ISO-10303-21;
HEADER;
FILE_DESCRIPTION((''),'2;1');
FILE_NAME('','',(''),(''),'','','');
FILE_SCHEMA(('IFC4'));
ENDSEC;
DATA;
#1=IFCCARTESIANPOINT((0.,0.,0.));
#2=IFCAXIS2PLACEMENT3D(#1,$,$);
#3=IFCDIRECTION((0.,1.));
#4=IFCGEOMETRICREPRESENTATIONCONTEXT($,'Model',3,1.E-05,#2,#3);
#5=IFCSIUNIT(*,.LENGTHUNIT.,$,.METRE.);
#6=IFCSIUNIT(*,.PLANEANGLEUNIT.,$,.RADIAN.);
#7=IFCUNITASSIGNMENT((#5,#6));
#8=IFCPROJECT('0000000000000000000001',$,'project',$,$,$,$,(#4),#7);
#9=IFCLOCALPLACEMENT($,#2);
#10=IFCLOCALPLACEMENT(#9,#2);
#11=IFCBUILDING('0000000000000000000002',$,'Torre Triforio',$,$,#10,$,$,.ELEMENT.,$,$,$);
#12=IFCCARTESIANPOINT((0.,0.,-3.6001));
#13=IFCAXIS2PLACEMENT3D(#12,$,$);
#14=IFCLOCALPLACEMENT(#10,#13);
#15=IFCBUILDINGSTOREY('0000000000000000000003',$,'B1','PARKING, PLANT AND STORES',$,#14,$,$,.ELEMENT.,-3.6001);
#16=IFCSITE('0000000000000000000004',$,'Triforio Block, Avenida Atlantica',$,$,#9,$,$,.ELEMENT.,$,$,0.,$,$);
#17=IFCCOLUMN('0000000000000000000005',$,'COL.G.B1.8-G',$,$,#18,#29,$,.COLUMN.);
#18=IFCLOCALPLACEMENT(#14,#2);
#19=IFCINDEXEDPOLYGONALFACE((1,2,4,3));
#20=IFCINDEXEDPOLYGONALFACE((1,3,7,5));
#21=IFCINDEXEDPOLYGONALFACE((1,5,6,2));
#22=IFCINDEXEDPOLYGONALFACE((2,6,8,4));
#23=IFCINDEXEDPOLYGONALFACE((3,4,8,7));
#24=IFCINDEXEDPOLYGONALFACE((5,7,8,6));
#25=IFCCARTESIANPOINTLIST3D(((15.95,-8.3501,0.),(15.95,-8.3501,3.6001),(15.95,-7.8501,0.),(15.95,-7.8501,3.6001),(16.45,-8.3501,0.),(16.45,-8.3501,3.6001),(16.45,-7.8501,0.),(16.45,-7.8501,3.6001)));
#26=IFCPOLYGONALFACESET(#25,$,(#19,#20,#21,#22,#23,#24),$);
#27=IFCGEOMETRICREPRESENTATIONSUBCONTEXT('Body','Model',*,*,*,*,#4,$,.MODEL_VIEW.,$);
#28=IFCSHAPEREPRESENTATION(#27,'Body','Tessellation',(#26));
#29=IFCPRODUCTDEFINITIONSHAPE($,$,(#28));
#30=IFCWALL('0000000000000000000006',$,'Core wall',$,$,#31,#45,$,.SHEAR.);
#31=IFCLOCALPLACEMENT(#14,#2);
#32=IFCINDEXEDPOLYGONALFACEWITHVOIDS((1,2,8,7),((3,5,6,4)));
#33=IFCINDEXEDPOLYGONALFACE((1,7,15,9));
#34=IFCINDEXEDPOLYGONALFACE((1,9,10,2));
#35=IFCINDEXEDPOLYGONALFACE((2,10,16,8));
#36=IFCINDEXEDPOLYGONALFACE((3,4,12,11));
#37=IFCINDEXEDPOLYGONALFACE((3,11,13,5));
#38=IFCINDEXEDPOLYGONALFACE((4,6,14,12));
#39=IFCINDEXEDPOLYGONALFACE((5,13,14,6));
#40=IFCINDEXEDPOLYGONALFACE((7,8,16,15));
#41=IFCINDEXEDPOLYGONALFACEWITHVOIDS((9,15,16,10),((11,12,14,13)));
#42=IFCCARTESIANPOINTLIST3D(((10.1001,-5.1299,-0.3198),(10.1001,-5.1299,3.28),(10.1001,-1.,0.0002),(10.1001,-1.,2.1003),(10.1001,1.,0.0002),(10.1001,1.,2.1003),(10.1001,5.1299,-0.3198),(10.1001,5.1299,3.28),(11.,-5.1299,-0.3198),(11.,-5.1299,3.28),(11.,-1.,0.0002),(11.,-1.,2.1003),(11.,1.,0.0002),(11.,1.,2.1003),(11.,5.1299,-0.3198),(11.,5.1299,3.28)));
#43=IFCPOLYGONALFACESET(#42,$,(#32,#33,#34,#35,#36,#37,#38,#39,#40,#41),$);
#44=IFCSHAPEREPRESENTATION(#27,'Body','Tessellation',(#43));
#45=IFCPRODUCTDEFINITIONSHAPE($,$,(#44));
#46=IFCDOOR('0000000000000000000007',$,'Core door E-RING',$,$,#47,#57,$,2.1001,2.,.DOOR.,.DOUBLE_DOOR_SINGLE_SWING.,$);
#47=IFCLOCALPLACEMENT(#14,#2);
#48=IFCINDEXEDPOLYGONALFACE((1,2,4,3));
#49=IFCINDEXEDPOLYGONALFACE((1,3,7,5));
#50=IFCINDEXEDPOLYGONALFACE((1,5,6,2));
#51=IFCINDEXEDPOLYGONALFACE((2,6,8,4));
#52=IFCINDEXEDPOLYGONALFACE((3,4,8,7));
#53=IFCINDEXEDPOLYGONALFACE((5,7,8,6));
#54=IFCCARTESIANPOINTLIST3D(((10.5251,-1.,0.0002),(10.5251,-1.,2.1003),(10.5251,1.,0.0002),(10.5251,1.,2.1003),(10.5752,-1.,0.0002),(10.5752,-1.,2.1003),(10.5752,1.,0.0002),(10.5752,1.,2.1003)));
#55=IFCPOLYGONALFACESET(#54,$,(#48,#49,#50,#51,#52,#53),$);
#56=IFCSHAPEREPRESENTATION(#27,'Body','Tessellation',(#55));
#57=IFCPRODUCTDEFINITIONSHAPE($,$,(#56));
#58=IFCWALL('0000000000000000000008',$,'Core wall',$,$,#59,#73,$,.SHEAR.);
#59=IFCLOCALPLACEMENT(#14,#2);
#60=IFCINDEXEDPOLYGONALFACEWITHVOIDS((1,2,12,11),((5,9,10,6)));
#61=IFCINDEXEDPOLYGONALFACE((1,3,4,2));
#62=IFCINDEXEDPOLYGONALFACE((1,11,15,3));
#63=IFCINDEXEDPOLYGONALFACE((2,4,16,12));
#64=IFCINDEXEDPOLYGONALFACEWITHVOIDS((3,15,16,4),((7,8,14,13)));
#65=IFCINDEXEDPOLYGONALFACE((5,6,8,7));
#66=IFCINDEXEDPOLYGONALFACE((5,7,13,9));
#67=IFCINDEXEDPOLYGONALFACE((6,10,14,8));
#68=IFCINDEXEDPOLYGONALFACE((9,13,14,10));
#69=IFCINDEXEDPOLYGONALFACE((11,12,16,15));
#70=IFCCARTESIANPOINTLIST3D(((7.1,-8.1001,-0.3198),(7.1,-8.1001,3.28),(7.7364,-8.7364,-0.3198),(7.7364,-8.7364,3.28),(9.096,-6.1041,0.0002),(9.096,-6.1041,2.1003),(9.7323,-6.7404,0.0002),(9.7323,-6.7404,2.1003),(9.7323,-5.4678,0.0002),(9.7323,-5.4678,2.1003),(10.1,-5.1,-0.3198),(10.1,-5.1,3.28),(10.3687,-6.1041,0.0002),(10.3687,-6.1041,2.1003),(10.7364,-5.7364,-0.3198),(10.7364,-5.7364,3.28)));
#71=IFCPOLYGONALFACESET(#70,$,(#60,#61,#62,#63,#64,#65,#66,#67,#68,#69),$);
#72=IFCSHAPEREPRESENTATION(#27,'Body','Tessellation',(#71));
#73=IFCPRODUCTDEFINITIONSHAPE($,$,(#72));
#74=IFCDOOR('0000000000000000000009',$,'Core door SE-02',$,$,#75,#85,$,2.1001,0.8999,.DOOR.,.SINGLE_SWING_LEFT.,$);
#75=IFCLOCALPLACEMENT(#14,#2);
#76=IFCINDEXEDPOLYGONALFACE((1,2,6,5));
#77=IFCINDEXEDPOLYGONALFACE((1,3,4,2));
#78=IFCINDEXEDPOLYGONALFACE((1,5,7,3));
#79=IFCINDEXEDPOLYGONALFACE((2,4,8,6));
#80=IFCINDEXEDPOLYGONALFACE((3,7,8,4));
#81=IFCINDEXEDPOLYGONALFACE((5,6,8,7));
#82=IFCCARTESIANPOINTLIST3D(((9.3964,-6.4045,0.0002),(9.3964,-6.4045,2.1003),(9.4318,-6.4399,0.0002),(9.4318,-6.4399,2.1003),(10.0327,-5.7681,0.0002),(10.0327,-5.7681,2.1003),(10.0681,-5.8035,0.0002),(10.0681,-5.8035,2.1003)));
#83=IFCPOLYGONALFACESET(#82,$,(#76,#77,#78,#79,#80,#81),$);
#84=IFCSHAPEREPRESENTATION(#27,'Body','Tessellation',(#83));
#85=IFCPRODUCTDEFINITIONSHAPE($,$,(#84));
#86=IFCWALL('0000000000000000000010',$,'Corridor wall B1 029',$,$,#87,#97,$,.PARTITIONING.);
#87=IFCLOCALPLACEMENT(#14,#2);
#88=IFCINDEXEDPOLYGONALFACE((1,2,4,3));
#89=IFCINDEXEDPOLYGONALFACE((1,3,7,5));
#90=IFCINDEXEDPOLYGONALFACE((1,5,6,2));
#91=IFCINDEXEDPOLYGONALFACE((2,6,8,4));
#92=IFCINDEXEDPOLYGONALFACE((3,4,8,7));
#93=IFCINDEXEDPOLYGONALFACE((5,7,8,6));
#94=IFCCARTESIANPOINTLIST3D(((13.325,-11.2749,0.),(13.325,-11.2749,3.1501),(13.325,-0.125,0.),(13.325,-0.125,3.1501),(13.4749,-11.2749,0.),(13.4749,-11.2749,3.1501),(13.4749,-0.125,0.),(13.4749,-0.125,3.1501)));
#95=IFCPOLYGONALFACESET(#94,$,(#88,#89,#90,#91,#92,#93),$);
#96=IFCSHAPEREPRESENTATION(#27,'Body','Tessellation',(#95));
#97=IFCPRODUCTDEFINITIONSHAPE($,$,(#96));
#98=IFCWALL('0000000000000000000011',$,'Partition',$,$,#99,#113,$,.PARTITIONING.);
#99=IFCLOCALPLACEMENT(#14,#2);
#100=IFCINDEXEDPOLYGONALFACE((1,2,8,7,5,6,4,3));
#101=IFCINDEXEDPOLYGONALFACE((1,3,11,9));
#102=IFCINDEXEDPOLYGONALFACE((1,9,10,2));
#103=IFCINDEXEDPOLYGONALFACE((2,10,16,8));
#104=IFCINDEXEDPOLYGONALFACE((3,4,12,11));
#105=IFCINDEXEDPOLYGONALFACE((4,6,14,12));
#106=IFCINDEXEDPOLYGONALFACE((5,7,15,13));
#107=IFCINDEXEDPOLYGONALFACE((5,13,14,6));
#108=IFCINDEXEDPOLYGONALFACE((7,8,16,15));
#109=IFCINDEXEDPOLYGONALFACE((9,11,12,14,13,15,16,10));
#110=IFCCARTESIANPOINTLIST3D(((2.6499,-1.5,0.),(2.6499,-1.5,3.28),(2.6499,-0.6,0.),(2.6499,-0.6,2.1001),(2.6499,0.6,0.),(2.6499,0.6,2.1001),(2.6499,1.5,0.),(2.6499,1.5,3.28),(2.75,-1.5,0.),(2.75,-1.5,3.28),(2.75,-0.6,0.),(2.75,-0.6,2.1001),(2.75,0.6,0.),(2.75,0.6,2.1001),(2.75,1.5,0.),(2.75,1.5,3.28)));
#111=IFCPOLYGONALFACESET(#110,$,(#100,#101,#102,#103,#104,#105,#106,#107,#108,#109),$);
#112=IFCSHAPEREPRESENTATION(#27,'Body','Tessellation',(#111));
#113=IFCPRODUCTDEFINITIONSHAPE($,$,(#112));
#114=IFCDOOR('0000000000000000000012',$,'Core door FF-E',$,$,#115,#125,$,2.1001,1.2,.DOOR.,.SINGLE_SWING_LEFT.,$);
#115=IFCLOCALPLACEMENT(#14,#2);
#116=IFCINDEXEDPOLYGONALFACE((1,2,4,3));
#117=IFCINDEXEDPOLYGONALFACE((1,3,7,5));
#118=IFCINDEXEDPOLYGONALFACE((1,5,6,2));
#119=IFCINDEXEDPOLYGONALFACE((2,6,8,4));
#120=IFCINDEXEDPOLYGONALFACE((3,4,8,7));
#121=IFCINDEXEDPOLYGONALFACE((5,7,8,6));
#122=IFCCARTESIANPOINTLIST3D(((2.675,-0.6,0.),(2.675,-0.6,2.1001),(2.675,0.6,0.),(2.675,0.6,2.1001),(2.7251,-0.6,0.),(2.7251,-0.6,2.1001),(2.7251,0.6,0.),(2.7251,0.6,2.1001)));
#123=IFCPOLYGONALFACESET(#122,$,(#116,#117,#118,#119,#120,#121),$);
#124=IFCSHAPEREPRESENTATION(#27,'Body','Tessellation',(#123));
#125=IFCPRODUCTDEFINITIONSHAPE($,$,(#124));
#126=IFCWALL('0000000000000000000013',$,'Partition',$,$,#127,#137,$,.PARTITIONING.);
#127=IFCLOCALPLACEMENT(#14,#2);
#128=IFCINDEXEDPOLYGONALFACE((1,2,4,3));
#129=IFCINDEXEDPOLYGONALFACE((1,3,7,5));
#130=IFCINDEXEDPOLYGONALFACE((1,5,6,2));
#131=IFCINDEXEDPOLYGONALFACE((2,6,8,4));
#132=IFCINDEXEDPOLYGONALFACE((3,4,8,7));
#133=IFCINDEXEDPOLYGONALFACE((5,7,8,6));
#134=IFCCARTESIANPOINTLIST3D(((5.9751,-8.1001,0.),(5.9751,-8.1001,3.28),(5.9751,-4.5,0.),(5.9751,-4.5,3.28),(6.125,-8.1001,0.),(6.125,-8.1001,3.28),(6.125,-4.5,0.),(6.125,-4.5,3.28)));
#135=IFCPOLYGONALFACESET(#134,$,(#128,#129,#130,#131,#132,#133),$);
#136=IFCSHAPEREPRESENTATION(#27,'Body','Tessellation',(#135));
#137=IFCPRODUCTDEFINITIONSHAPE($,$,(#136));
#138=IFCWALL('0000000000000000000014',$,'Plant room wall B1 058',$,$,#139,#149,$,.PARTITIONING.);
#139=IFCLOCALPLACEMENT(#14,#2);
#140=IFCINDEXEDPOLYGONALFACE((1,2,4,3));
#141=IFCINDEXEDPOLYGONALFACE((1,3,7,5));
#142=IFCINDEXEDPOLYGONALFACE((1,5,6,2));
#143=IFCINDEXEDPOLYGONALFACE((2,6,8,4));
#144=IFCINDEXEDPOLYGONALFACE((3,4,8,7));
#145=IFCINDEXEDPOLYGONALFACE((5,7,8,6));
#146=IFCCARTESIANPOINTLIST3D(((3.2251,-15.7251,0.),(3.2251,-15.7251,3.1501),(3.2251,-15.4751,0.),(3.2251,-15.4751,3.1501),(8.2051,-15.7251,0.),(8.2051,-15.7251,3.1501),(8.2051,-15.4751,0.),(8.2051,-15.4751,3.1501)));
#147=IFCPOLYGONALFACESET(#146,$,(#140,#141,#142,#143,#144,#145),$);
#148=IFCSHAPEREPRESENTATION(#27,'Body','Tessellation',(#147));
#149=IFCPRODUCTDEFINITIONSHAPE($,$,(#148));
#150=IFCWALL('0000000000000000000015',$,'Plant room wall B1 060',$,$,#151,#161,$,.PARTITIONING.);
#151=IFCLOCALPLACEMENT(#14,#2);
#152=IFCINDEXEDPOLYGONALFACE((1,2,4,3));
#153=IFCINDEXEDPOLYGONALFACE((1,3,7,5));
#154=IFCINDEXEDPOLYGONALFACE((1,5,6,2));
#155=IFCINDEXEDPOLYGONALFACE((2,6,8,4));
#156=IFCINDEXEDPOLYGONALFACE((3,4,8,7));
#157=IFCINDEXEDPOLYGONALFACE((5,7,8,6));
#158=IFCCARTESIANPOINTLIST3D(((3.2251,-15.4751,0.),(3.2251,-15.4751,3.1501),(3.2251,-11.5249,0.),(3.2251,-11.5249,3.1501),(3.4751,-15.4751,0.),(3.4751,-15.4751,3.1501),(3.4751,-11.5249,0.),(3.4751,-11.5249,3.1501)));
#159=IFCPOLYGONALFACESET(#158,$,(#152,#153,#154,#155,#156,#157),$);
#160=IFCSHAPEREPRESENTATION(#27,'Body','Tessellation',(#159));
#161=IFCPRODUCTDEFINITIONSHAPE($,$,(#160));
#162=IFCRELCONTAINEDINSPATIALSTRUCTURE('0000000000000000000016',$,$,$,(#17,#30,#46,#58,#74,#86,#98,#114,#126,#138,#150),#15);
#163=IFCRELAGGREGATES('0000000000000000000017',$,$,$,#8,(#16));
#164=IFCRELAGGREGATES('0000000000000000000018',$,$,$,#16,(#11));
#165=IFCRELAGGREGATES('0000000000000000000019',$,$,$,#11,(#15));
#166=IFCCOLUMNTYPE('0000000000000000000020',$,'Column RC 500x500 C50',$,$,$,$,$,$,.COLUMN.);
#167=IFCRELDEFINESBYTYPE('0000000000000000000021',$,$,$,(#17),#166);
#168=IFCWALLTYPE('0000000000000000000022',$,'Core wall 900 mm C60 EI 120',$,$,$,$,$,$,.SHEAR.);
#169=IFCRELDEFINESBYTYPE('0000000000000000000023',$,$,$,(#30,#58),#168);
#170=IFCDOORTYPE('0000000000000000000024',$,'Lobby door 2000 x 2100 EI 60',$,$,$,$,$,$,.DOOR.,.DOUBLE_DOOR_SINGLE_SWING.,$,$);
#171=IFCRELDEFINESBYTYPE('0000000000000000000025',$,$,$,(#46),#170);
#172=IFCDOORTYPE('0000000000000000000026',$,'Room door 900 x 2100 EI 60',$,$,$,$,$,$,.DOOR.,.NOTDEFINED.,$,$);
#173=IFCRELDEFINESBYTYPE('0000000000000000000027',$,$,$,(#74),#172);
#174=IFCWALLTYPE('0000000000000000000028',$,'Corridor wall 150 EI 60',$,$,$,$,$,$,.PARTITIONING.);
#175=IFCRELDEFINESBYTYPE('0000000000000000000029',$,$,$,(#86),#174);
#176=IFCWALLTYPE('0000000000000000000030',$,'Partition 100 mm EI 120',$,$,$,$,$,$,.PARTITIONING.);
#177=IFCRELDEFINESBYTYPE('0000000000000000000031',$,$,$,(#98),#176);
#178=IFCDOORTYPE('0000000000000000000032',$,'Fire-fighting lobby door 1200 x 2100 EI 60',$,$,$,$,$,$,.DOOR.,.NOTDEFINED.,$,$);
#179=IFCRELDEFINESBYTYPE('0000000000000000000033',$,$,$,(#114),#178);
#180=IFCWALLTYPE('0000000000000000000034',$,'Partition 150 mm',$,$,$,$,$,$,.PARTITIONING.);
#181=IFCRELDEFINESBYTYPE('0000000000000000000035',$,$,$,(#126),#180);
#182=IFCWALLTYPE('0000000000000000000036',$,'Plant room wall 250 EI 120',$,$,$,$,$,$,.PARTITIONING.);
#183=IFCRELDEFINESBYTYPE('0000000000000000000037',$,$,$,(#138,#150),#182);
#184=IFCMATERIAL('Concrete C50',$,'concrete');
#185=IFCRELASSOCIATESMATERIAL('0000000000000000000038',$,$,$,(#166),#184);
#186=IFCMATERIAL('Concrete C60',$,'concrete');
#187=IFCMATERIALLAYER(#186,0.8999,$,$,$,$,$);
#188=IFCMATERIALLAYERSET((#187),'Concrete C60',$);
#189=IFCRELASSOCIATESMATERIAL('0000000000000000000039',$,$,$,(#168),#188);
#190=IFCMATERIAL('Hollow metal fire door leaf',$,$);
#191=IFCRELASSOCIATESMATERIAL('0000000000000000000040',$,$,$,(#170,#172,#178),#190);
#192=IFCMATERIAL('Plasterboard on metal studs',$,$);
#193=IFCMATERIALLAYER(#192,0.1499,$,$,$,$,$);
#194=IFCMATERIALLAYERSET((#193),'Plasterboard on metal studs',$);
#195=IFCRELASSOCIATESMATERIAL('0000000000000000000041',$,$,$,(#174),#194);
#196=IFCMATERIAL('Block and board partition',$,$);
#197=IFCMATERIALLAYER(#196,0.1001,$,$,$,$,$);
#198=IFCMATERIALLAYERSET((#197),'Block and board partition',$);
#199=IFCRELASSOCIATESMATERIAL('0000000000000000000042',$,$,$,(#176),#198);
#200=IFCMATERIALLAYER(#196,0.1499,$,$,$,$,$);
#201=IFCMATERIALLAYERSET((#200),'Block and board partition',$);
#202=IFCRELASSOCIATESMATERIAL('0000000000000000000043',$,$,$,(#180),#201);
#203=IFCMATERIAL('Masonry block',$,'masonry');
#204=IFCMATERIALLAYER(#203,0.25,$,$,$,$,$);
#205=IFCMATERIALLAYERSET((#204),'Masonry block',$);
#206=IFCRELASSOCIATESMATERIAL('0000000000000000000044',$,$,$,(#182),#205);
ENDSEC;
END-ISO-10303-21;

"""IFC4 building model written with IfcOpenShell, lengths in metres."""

from ifc_helpers import new_model, si_unit, direction, frame, frame_2d, origin, origin_2d, place, context, subcontext, project, spatial, rectangle, extrude, material, layer, layer_set, material_profile, profile_set, type_object, element, fill, save


model = new_model("IFC4")

# Units and contexts
model_context = context("Model", 3, precision=1e-05, world=origin(), true_north=direction((0.0, 1.0)))
body_context = subcontext(model_context, "Body", "Model", "MODEL_VIEW")
ifc_project = project(units=[si_unit("LENGTHUNIT", "METRE"), si_unit("PLANEANGLEUNIT", "RADIAN")], contexts=[model_context])

# Site, building, storey
site_placement = place(None, origin())
site = spatial("IfcSite", under=ifc_project, at=site_placement, Name="Triforio Block, Avenida Atlantica", CompositionType="ELEMENT", RefElevation=0.0)
building_placement = place(site_placement, origin())
building = spatial("IfcBuilding", under=site, at=building_placement, Name="Torre Triforio", CompositionType="ELEMENT")
storey_placement = place(building_placement, frame((0.0, 0.0, -3.6001)))
storey = spatial("IfcBuildingStorey", under=building, at=storey_placement, Name="B1", Description="PARKING, PLANT AND STORES", CompositionType="ELEMENT", Elevation=-3.6001)

# Column
ifc_material_1 = material(Name="Concrete C50", Category="concrete")
ifc_material_profile = material_profile(ifc_material_1, rectangle(XDim=0.5, YDim=0.5, at=origin_2d()), Name="RC 500x500")
ifc_profile_set = profile_set([ifc_material_profile], Name="Concrete C50")
column_type = type_object("IfcColumnType", Name="Column RC 500x500 C50", PredefinedType="COLUMN", material=ifc_profile_set)
column_placement = place(storey_placement, frame((16.2, -8.1001, 0.0), z_axis=(0.0, 0.0, 1.0), x_axis=(1.0, 0.0, 0.0)))
element("IfcColumn", 1, at=column_placement, inside=storey, type_object=column_type, Name="COL.G.B1.8-G", PredefinedType="COLUMN", context=body_context, shape_type="SweptSolid", body=[
    extrude(rectangle(XDim=0.5, YDim=0.5, at=origin_2d()), origin(), (0.0, 0.0, 1.0), 3.6001),
])

# Walls, openings, doors
ifc_material_2 = material(Name="Concrete C60", Category="concrete")
ifc_layer_1 = layer(ifc_material_2, 0.8999)
ifc_layer_set_1 = layer_set([ifc_layer_1], Name="Concrete C60")
wall_type_1 = type_object("IfcWallType", Name="Core wall 900 mm C60 EI 120", PredefinedType="SHEAR", material=ifc_layer_set_1)
wall_1_placement = place(storey_placement, frame((10.55, -5.1299, -0.3198), z_axis=(0.0, 0.0, 1.0), x_axis=(0.0, 1.0, 0.0)))
wall_1 = element("IfcWall", 2, at=wall_1_placement, inside=storey, type_object=wall_type_1, Name="Core wall", PredefinedType="SHEAR", context=body_context, shape_type="SweptSolid", body=[
    extrude(rectangle(XDim=10.2598, YDim=0.8999, at=frame_2d((5.1299, 0.0))), origin(), (0.0, 0.0, 1.0), 3.5999),
])
opening_1_placement = place(wall_1_placement, frame((4.1299, 0.0, 0.3201)))
opening_1 = element("IfcOpeningElement", 3, at=opening_1_placement, cuts=wall_1, PredefinedType="OPENING", context=body_context, shape_type="SweptSolid", body=[
    extrude(rectangle(XDim=2.0, YDim=2.1001, at=frame_2d((1.0, 1.05))), frame((0.0, 0.46, 0.0), z_axis=(0.0, -1.0, 0.0), x_axis=(1.0, 0.0, 0.0)), (0.0, 0.0, 1.0), 0.9199),
])
ifc_material_3 = material(Name="Hollow metal fire door leaf")
door_type_1 = type_object("IfcDoorType", Name="Lobby door 2000 x 2100 EI 60", OperationType="DOUBLE_DOOR_SINGLE_SWING", PredefinedType="DOOR", material=ifc_material_3)
door_1_placement = place(opening_1_placement, origin())
door_1 = element("IfcDoor", 4, at=door_1_placement, inside=storey, type_object=door_type_1, Name="Core door E-RING", OperationType="DOUBLE_DOOR_SINGLE_SWING", OverallHeight=2.1001, OverallWidth=2.0, PredefinedType="DOOR", context=body_context, shape_type="SweptSolid", body=[
    extrude(rectangle(XDim=2.0, YDim=2.1001, at=frame_2d((1.0, 1.05))), frame((0.0, 0.0249, 0.0), z_axis=(0.0, -1.0, 0.0), x_axis=(1.0, 0.0, 0.0)), (0.0, 0.0, 1.0), 0.05),
])
fill(opening_1, door_1)
wall_2_placement = place(storey_placement, frame((10.4182, -5.4182, -0.3198), z_axis=(0.0, 0.0, 1.0), x_axis=(-0.707107, -0.707107, 0.0)))
wall_2 = element("IfcWall", 5, at=wall_2_placement, inside=storey, type_object=wall_type_1, Name="Core wall", PredefinedType="SHEAR", context=body_context, shape_type="SweptSolid", body=[
    extrude(rectangle(XDim=4.2427, YDim=0.8999, at=frame_2d((2.1213, 0.0))), origin(), (0.0, 0.0, 1.0), 3.5999),
])
opening_2_placement = place(wall_2_placement, frame((0.52, 0.0, 0.3201)))
opening_2 = element("IfcOpeningElement", 6, at=opening_2_placement, cuts=wall_2, PredefinedType="OPENING", context=body_context, shape_type="SweptSolid", body=[
    extrude(rectangle(XDim=0.8999, YDim=2.1001, at=frame_2d((0.45, 1.05))), frame((0.0, 0.46, 0.0), z_axis=(0.0, -1.0, 0.0), x_axis=(1.0, 0.0, 0.0)), (0.0, 0.0, 1.0), 0.9199),
])
door_type_2 = type_object("IfcDoorType", Name="Room door 900 x 2100 EI 60", OperationType="NOTDEFINED", PredefinedType="DOOR", material=ifc_material_3)
door_2_placement = place(opening_2_placement, origin())
door_2 = element("IfcDoor", 7, at=door_2_placement, inside=storey, type_object=door_type_2, Name="Core door SE-02", OperationType="SINGLE_SWING_LEFT", OverallHeight=2.1001, OverallWidth=0.8999, PredefinedType="DOOR", context=body_context, shape_type="SweptSolid", body=[
    extrude(rectangle(XDim=0.8999, YDim=2.1001, at=frame_2d((0.45, 1.05))), frame((0.0, 0.0249, 0.0), z_axis=(0.0, -1.0, 0.0), x_axis=(1.0, 0.0, 0.0)), (0.0, 0.0, 1.0), 0.05),
])
fill(opening_2, door_2)

# Wall
ifc_material_4 = material(Name="Plasterboard on metal studs")
ifc_layer_2 = layer(ifc_material_4, 0.1499)
ifc_layer_set_2 = layer_set([ifc_layer_2], Name="Plasterboard on metal studs")
wall_type_2 = type_object("IfcWallType", Name="Corridor wall 150 EI 60", PredefinedType="PARTITIONING", material=ifc_layer_set_2)
wall_3_placement = place(storey_placement, frame((13.3999, -11.2749, 0.0), z_axis=(0.0, 0.0, 1.0), x_axis=(0.0, 1.0, 0.0)))
element("IfcWall", 8, at=wall_3_placement, inside=storey, type_object=wall_type_2, Name="Corridor wall B1 029", PredefinedType="PARTITIONING", context=body_context, shape_type="SweptSolid", body=[
    extrude(rectangle(XDim=11.1499, YDim=0.1499, at=frame_2d((5.575, 0.0))), origin(), (0.0, 0.0, 1.0), 3.1501),
])

# Wall, opening, door
ifc_material_5 = material(Name="Block and board partition")
ifc_layer_3 = layer(ifc_material_5, 0.1001)
ifc_layer_set_3 = layer_set([ifc_layer_3], Name="Block and board partition")
wall_type_3 = type_object("IfcWallType", Name="Partition 100 mm EI 120", PredefinedType="PARTITIONING", material=ifc_layer_set_3)
wall_4_placement = place(storey_placement, frame((2.7, -1.5, 0.0), z_axis=(0.0, 0.0, 1.0), x_axis=(0.0, 1.0, 0.0)))
wall_4 = element("IfcWall", 9, at=wall_4_placement, inside=storey, type_object=wall_type_3, Name="Partition", PredefinedType="PARTITIONING", context=body_context, shape_type="SweptSolid", body=[
    extrude(rectangle(XDim=3.0, YDim=0.1001, at=frame_2d((1.5, 0.0))), origin(), (0.0, 0.0, 1.0), 3.28),
])
opening_3_placement = place(wall_4_placement, frame((0.8999, 0.0, 0.0)))
opening_3 = element("IfcOpeningElement", 10, at=opening_3_placement, cuts=wall_4, PredefinedType="OPENING", context=body_context, shape_type="SweptSolid", body=[
    extrude(rectangle(XDim=1.2, YDim=2.1001, at=frame_2d((0.6001, 1.05))), frame((0.0, 0.0601, 0.0), z_axis=(0.0, -1.0, 0.0), x_axis=(1.0, 0.0, 0.0)), (0.0, 0.0, 1.0), 0.1201),
])
door_type_3 = type_object("IfcDoorType", Name="Fire-fighting lobby door 1200 x 2100 EI 60", OperationType="NOTDEFINED", PredefinedType="DOOR", material=ifc_material_3)
door_3_placement = place(opening_3_placement, origin())
door_3 = element("IfcDoor", 11, at=door_3_placement, inside=storey, type_object=door_type_3, Name="Core door FF-E", OperationType="SINGLE_SWING_LEFT", OverallHeight=2.1001, OverallWidth=1.2, PredefinedType="DOOR", context=body_context, shape_type="SweptSolid", body=[
    extrude(rectangle(XDim=1.2, YDim=2.1001, at=frame_2d((0.6001, 1.05))), frame((0.0, 0.0249, 0.0), z_axis=(0.0, -1.0, 0.0), x_axis=(1.0, 0.0, 0.0)), (0.0, 0.0, 1.0), 0.05),
])
fill(opening_3, door_3)

# Walls
ifc_layer_4 = layer(ifc_material_5, 0.1499)
ifc_layer_set_4 = layer_set([ifc_layer_4], Name="Block and board partition")
wall_type_4 = type_object("IfcWallType", Name="Partition 150 mm", PredefinedType="PARTITIONING", material=ifc_layer_set_4)
wall_5_placement = place(storey_placement, frame((6.05, -8.1001, 0.0), z_axis=(0.0, 0.0, 1.0), x_axis=(0.0, 1.0, 0.0)))
element("IfcWall", 12, at=wall_5_placement, inside=storey, type_object=wall_type_4, Name="Partition", PredefinedType="PARTITIONING", context=body_context, shape_type="SweptSolid", body=[
    extrude(rectangle(XDim=3.6001, YDim=0.1499, at=frame_2d((1.8, 0.0))), origin(), (0.0, 0.0, 1.0), 3.28),
])
ifc_material_6 = material(Name="Masonry block", Category="masonry")
ifc_layer_5 = layer(ifc_material_6, 0.25)
ifc_layer_set_5 = layer_set([ifc_layer_5], Name="Masonry block")
wall_type_5 = type_object("IfcWallType", Name="Plant room wall 250 EI 120", PredefinedType="PARTITIONING", material=ifc_layer_set_5)
wall_6_placement = place(storey_placement, frame((3.2251, -15.6001, 0.0), z_axis=(0.0, 0.0, 1.0), x_axis=(1.0, 0.0, 0.0)))
element("IfcWall", 13, at=wall_6_placement, inside=storey, type_object=wall_type_5, Name="Plant room wall B1 058", PredefinedType="PARTITIONING", context=body_context, shape_type="SweptSolid", body=[
    extrude(rectangle(XDim=4.98, YDim=0.25, at=frame_2d((2.49, 0.0))), origin(), (0.0, 0.0, 1.0), 3.1501),
])
wall_7_placement = place(storey_placement, frame((3.3501, -15.4751, 0.0), z_axis=(0.0, 0.0, 1.0), x_axis=(0.0, 1.0, 0.0)))
element("IfcWall", 14, at=wall_7_placement, inside=storey, type_object=wall_type_5, Name="Plant room wall B1 060", PredefinedType="PARTITIONING", context=body_context, shape_type="SweptSolid", body=[
    extrude(rectangle(XDim=3.9502, YDim=0.25, at=frame_2d((1.9751, 0.0))), origin(), (0.0, 0.0, 1.0), 3.1501),
])

save(model, "model.ifc")
